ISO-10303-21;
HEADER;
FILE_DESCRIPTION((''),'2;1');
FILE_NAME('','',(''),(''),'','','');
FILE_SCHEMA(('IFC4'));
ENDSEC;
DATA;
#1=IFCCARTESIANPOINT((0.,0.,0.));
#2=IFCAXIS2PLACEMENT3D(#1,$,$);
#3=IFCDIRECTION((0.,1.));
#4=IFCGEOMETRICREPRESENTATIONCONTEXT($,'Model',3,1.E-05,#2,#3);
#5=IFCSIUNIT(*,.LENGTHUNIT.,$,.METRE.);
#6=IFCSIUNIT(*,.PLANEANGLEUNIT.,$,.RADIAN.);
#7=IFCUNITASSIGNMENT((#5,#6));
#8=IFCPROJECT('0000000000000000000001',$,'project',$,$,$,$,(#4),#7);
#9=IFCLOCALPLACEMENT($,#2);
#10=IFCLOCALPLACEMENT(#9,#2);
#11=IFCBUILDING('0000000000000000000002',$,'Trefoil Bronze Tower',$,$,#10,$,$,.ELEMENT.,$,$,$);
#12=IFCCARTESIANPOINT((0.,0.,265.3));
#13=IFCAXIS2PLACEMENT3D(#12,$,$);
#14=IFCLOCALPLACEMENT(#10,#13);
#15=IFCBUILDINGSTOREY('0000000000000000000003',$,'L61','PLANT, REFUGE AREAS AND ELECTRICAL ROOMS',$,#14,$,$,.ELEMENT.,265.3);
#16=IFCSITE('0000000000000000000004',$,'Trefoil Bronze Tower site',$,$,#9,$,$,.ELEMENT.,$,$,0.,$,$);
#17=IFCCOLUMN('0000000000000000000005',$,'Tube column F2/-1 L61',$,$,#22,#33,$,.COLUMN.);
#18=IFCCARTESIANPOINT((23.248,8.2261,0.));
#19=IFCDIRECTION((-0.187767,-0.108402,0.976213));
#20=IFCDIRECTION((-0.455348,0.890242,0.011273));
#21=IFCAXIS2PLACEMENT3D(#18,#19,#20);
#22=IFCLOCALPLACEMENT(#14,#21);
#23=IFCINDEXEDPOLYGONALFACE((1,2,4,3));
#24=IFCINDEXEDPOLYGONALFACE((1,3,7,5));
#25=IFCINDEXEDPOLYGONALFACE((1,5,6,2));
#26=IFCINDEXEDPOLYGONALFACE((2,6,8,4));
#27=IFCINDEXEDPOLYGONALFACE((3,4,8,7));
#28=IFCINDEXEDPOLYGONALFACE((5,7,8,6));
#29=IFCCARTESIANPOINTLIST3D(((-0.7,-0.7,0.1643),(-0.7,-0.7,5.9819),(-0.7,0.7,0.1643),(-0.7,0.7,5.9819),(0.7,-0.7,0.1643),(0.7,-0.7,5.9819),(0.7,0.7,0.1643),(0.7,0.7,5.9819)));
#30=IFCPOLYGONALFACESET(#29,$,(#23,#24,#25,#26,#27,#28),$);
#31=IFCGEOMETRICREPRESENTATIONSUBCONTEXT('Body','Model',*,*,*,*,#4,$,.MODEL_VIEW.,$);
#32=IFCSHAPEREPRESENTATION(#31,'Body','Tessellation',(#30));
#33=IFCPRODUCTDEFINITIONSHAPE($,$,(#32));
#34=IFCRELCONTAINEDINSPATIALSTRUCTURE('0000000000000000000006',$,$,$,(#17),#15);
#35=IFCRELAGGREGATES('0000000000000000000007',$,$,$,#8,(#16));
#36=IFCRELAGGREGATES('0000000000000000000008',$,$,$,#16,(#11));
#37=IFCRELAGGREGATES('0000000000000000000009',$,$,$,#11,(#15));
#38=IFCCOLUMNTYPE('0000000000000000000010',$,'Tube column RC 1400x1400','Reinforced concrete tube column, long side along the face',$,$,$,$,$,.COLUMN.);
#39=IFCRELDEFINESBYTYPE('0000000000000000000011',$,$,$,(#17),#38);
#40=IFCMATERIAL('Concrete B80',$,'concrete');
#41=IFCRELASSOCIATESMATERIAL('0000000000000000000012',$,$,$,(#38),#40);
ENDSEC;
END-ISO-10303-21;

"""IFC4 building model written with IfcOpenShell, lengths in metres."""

from ifc_helpers import new_model, si_unit, direction, frame, origin, origin_2d, place, context, subcontext, project, spatial, rectangle, extrude, clip, halfspace, material, material_profile, profile_set, type_object, element, save


model = new_model("IFC4")

# Units and contexts
model_context = context("Model", 3, precision=1e-05, world=origin(), true_north=direction((0.0, 1.0)))
body_context = subcontext(model_context, "Body", "Model", "MODEL_VIEW")
ifc_project = project(units=[si_unit("LENGTHUNIT", "METRE"), si_unit("PLANEANGLEUNIT", "RADIAN")], contexts=[model_context])

# Site, building, storey
site_placement = place(None, origin())
site = spatial("IfcSite", under=ifc_project, at=site_placement, Name="Trefoil Bronze Tower site", CompositionType="ELEMENT", RefElevation=0.0)
building_placement = place(site_placement, origin())
building = spatial("IfcBuilding", under=site, at=building_placement, Name="Trefoil Bronze Tower", CompositionType="ELEMENT")
storey_placement = place(building_placement, frame((0.0, 0.0, 265.3)))
storey = spatial("IfcBuildingStorey", under=building, at=storey_placement, Name="L61", Description="PLANT, REFUGE AREAS AND ELECTRICAL ROOMS", CompositionType="ELEMENT", Elevation=265.3)

# Column
ifc_material_1 = material(Name="Concrete B80", Category="concrete")
ifc_material_profile_1 = material_profile(ifc_material_1, rectangle(XDim=1.3999, YDim=1.3999, at=origin_2d()), Name="RC 1400x1400")
ifc_profile_set_1 = profile_set([ifc_material_profile_1], Name="Concrete B80")
column_type = type_object("IfcColumnType", Name="Tube column RC 1400x1400", Description="Reinforced concrete tube column, long side along the face", PredefinedType="COLUMN", material=ifc_profile_set_1)
column_placement = place(storey_placement, frame((23.248, 8.2261, 0.0), z_axis=(-0.187767, -0.108402, 0.976213), x_axis=(-0.455348, 0.890242, 0.011273)))
element("IfcColumn", 1, at=column_placement, inside=storey, type_object=column_type, Name="Tube column F2/-1 L61", PredefinedType="COLUMN", context=body_context, shape_type="Clipping", body=[
    clip(clip(extrude(rectangle(XDim=1.3999, YDim=1.3999, at=origin_2d()), origin(), (0.0, 0.0, 1.0), 6.1462), halfspace(frame((0.0, 0.0, 0.1643), z_axis=(-0.000004, -0.00001, 1.0), x_axis=(0.0, 1.0, 0.00001)), True)), halfspace(frame((0.0, 0.0, 5.9819), z_axis=(0.000004, 0.00001, -1.0), x_axis=(0.0, -1.0, -0.00001)), True)),
])

save(model, "model.ifc")
